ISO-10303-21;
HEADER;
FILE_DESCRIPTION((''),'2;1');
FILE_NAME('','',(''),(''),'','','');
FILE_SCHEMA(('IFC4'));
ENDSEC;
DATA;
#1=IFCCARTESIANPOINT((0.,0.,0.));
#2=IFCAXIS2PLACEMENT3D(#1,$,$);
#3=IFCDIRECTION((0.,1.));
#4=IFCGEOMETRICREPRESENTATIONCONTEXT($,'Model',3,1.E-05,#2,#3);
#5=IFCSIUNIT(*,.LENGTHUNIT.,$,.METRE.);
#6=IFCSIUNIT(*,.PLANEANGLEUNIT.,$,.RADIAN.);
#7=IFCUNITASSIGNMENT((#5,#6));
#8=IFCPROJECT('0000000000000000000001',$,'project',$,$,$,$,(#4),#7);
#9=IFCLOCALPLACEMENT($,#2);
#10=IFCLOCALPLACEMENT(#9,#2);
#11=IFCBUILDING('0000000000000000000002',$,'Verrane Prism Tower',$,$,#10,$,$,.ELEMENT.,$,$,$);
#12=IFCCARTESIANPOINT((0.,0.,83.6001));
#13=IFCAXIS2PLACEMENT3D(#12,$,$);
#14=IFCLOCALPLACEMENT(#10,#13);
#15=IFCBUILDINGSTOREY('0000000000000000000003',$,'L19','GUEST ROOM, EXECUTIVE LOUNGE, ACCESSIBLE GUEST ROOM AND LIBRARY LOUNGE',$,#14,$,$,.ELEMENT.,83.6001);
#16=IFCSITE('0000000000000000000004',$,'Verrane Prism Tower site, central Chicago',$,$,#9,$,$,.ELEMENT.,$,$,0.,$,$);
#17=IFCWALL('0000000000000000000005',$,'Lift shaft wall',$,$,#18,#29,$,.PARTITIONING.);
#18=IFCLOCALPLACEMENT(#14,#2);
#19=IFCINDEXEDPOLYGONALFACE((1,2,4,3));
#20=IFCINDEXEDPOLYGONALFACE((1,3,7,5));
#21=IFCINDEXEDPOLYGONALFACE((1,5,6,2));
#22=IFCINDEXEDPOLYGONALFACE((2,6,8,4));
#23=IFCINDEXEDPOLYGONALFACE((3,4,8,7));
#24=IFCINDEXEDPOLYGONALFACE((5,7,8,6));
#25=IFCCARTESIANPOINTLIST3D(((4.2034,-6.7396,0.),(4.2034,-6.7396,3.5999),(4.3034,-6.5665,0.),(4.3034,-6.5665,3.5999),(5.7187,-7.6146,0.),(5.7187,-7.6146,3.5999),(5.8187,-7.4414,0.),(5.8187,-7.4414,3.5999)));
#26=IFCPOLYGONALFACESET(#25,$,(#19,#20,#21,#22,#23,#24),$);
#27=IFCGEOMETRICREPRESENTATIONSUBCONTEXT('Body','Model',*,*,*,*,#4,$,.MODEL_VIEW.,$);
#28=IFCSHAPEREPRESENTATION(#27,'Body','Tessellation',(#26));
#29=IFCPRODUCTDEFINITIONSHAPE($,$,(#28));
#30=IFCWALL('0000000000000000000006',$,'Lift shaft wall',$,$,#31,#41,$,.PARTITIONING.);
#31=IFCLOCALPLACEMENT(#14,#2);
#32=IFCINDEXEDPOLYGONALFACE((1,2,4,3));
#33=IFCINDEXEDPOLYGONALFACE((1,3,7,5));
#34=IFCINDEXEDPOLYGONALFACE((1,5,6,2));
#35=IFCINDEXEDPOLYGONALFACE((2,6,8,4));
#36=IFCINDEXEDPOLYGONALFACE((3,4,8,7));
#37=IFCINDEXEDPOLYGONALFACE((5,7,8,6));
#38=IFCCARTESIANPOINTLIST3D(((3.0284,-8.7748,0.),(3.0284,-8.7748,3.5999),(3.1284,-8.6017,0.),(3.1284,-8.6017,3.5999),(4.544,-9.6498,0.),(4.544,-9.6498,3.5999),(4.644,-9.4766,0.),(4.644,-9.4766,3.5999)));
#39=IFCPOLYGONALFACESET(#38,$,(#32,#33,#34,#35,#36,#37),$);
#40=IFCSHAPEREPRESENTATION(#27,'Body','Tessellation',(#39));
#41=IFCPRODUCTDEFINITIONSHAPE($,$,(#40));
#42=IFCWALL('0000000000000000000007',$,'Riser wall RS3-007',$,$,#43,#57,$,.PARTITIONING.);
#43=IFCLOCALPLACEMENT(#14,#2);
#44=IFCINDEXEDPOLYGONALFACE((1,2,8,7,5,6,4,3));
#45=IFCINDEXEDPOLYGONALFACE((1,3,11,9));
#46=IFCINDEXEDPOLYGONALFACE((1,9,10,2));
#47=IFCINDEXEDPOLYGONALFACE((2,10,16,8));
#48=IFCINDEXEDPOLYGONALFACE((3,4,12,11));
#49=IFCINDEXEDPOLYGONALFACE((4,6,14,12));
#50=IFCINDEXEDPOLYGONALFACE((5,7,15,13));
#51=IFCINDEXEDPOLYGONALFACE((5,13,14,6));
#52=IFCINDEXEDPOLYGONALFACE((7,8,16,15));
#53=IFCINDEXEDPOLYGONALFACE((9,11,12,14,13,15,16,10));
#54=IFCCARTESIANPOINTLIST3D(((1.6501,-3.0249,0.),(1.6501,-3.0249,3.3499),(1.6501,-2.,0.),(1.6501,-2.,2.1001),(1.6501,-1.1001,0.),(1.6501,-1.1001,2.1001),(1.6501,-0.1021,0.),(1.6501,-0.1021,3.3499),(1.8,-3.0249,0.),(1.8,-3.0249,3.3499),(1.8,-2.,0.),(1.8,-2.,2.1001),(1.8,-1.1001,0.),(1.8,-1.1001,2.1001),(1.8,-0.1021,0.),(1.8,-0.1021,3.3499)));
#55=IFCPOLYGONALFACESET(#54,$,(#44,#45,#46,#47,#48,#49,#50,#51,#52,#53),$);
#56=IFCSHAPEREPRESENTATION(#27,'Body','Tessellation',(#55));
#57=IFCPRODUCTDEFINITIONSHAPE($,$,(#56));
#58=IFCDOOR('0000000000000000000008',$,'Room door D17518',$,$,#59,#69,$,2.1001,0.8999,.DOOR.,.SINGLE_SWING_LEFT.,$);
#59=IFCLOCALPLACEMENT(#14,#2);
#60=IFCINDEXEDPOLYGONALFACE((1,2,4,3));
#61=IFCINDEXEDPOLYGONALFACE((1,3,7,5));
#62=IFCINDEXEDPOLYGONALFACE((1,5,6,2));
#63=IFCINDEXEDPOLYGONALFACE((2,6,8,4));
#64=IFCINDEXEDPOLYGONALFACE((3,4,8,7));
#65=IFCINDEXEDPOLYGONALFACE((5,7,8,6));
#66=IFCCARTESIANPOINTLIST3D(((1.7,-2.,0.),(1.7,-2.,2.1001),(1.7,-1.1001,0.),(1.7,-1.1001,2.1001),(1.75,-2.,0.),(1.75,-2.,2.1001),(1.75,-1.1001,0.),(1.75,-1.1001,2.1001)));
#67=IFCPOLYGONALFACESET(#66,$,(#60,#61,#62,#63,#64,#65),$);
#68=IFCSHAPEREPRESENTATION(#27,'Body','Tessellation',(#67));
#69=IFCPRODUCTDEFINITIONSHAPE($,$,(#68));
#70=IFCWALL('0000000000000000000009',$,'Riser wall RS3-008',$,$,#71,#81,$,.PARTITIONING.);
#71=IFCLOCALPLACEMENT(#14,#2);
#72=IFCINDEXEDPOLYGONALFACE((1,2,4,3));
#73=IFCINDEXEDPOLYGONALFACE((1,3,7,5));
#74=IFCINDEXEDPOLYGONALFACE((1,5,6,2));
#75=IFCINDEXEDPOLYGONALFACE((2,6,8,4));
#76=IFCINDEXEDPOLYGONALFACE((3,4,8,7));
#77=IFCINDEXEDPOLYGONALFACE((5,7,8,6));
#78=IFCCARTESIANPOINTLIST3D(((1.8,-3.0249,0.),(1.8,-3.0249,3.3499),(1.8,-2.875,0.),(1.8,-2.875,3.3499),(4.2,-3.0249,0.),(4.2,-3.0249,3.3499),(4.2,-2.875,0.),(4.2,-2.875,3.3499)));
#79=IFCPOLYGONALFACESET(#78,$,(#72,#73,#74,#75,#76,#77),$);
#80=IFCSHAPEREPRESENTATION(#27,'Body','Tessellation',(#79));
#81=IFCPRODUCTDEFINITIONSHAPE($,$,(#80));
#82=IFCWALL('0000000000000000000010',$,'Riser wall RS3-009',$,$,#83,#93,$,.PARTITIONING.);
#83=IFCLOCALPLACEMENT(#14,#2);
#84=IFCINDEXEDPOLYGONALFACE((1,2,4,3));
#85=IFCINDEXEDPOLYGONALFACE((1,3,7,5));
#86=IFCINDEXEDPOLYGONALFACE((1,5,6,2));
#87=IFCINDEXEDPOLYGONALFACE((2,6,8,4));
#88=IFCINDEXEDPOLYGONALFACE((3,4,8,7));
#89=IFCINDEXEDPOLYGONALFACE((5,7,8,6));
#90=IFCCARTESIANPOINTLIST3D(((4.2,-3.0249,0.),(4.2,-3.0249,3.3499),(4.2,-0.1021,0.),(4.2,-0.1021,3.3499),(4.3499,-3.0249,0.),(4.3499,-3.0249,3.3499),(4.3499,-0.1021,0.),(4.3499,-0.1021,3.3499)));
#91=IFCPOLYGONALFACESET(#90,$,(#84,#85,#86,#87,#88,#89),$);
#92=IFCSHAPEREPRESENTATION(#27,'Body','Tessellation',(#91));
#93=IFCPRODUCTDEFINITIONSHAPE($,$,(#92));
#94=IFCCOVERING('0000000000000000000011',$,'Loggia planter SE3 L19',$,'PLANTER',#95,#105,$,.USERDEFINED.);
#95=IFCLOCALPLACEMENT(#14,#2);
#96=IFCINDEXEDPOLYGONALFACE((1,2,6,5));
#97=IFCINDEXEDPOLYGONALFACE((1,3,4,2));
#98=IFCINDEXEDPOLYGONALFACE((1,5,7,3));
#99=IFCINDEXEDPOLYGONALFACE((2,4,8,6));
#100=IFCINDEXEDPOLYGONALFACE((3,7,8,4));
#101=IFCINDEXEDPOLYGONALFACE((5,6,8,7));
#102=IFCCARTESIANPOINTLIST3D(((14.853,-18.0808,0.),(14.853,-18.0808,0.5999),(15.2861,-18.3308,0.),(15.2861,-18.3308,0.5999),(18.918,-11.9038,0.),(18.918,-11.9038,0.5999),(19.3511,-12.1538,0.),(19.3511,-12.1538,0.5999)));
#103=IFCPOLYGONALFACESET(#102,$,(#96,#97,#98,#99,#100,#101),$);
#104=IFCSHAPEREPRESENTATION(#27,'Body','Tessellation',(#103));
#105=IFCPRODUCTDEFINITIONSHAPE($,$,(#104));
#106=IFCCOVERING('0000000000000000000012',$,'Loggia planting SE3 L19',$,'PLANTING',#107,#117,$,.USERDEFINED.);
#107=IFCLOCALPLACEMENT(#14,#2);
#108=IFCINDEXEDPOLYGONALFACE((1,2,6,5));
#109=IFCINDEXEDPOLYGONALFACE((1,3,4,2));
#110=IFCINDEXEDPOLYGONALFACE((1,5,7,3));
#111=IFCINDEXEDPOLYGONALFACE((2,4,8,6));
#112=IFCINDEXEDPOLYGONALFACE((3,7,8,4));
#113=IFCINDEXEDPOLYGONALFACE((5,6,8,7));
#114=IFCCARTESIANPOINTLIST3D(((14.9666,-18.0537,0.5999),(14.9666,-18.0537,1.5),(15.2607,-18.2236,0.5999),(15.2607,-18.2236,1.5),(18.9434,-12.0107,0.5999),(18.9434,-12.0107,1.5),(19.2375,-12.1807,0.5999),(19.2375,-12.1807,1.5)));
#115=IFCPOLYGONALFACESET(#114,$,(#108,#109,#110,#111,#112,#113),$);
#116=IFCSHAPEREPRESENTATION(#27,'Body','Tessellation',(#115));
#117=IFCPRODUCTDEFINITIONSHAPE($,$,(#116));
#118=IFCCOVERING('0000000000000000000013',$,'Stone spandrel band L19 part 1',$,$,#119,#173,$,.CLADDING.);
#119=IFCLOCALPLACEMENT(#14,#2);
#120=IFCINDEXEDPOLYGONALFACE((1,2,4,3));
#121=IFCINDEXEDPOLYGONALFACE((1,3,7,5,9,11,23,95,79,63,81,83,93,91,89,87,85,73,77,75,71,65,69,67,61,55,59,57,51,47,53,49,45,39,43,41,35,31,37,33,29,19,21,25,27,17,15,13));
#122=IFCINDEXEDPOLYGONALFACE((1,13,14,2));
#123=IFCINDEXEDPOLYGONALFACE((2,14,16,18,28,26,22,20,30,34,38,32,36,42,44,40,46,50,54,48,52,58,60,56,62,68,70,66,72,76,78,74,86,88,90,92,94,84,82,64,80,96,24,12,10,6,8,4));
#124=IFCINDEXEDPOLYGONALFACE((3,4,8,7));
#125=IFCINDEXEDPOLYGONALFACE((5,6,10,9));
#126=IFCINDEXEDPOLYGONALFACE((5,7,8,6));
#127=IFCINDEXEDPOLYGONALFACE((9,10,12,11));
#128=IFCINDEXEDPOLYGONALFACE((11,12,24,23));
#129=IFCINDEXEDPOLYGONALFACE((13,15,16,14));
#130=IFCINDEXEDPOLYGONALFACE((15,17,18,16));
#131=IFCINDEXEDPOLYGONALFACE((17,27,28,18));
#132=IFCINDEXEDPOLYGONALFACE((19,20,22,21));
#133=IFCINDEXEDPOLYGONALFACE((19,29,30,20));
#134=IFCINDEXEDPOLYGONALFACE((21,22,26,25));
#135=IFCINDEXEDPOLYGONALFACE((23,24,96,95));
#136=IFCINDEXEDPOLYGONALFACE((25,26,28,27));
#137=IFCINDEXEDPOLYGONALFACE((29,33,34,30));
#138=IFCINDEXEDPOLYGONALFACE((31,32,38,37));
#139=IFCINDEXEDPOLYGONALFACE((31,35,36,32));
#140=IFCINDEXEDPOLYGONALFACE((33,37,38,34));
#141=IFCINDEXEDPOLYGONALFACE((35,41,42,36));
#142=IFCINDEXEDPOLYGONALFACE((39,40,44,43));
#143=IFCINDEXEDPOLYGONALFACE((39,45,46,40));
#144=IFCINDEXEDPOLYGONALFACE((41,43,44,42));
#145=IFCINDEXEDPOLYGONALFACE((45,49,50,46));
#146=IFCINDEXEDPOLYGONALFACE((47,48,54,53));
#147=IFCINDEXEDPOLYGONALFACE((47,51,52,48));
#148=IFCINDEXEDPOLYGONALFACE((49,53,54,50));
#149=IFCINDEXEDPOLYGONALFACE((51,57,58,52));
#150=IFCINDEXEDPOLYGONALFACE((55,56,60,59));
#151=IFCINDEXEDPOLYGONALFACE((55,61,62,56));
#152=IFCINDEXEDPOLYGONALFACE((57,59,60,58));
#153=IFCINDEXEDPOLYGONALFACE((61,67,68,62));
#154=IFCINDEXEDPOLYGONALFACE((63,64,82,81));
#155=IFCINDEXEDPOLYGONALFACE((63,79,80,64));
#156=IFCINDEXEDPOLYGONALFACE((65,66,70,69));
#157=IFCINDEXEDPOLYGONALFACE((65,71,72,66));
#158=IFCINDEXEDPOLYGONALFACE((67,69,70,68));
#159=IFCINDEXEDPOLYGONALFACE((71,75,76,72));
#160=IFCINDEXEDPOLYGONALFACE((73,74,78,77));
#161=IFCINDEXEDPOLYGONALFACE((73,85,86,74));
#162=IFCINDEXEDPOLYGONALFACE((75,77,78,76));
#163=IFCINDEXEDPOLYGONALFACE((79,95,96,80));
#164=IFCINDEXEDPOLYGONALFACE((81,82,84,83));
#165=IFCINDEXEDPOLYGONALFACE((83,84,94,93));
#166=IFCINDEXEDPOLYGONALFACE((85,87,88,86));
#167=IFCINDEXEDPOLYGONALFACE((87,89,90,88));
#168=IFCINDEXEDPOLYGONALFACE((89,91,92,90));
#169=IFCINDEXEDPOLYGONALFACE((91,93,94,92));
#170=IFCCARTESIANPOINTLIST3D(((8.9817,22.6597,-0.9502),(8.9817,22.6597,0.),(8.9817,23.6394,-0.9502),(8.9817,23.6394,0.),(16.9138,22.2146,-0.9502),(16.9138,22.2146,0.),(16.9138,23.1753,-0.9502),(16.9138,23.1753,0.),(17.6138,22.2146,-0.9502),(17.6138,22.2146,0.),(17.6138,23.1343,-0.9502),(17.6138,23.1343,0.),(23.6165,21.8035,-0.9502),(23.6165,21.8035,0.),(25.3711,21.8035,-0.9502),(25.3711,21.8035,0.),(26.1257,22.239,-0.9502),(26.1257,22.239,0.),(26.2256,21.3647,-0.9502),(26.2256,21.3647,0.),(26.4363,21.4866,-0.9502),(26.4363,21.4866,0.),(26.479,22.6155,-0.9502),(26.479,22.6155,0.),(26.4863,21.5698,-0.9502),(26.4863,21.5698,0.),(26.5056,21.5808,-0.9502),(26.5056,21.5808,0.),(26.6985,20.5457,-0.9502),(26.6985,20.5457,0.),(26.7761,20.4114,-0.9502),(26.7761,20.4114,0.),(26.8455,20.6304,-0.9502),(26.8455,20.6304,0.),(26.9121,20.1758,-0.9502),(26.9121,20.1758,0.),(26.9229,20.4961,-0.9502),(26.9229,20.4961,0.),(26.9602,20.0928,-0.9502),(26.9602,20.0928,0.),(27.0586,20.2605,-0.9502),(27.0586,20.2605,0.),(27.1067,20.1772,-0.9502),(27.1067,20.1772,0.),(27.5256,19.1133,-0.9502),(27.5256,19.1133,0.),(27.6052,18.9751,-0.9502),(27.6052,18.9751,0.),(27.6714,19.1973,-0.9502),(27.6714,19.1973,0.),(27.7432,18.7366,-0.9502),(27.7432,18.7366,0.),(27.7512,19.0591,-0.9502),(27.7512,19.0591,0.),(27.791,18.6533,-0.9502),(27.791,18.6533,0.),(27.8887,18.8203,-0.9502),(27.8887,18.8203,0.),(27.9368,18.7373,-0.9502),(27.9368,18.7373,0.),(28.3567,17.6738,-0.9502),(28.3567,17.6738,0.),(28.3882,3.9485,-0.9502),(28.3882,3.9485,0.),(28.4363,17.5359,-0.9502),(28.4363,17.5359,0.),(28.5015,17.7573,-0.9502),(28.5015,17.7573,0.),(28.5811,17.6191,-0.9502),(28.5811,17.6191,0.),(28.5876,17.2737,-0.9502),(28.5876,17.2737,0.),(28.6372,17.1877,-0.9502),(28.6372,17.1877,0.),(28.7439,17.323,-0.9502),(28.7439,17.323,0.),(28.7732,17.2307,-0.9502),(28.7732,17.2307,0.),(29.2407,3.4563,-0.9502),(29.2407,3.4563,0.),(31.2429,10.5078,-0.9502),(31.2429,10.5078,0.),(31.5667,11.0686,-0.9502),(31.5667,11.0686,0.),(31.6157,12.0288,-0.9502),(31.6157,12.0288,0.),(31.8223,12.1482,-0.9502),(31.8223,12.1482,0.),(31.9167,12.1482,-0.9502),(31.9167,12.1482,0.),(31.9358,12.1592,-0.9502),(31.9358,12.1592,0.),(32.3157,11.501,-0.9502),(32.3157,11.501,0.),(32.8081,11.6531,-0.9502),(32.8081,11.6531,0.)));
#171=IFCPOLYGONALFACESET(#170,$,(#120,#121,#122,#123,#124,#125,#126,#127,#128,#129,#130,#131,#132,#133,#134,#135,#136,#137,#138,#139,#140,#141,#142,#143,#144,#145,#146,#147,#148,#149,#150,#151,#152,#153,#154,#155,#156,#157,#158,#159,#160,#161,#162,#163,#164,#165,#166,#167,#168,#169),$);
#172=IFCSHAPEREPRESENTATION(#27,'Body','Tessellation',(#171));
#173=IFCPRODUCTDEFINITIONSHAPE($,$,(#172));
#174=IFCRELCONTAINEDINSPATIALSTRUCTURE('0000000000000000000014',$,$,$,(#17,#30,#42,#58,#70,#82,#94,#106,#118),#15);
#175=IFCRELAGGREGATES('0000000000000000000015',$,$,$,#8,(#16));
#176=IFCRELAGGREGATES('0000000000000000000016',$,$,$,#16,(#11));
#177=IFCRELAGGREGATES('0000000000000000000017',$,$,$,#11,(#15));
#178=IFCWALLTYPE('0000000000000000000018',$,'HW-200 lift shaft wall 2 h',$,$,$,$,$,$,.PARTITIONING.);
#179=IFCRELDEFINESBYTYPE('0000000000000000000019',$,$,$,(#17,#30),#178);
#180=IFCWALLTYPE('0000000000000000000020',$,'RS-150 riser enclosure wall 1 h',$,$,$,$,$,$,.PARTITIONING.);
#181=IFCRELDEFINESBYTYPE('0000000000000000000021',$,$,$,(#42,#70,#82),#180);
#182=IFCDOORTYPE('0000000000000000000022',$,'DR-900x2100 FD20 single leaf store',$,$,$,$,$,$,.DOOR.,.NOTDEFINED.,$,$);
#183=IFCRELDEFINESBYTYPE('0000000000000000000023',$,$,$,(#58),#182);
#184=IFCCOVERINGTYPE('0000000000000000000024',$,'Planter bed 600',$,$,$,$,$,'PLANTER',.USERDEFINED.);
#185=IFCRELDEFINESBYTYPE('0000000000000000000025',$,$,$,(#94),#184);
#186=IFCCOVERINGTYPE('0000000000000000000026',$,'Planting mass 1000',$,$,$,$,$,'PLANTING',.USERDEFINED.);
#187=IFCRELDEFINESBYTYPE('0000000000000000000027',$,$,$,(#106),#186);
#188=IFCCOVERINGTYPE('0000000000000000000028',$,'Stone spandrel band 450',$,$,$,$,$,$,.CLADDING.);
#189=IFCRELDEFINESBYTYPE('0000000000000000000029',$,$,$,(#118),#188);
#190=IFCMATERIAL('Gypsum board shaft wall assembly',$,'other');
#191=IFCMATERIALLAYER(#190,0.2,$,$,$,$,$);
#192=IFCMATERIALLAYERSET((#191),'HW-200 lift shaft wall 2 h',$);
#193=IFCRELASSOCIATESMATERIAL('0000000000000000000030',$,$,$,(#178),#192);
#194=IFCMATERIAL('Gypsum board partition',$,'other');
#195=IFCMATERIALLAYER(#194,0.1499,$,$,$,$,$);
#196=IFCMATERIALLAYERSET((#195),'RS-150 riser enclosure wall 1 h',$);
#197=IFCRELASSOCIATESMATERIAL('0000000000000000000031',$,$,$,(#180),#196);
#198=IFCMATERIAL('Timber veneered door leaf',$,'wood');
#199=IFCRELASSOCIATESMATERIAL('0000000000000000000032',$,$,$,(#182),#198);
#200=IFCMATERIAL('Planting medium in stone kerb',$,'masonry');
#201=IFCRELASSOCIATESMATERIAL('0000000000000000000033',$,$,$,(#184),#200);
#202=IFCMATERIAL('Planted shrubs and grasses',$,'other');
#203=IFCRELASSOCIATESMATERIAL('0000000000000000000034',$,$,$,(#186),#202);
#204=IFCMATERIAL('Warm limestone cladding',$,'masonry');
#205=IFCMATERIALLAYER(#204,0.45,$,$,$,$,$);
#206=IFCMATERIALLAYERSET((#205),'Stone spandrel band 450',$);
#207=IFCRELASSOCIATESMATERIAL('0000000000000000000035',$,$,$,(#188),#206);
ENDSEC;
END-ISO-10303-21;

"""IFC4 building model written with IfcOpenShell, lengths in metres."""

from ifc_helpers import new_model, si_unit, direction, frame, frame_2d, origin, place, context, subcontext, project, spatial, polyline, rectangle, outline, extrude, material, layer, layer_set, type_object, element, fill, save


model = new_model("IFC4")

# Units and contexts
model_context = context("Model", 3, precision=1e-05, world=origin(), true_north=direction((0.0, 1.0)))
body_context = subcontext(model_context, "Body", "Model", "MODEL_VIEW")
ifc_project = project(units=[si_unit("LENGTHUNIT", "METRE"), si_unit("PLANEANGLEUNIT", "RADIAN")], contexts=[model_context])

# Site, building, storey
site_placement = place(None, origin())
site = spatial("IfcSite", under=ifc_project, at=site_placement, Name="Verrane Prism Tower site, central Chicago", CompositionType="ELEMENT", RefElevation=0.0)
building_placement = place(site_placement, origin())
building = spatial("IfcBuilding", under=site, at=building_placement, Name="Verrane Prism Tower", CompositionType="ELEMENT")
storey_placement = place(building_placement, frame((0.0, 0.0, 83.6001)))
storey = spatial("IfcBuildingStorey", under=building, at=storey_placement, Name="L19", Description="GUEST ROOM, EXECUTIVE LOUNGE, ACCESSIBLE GUEST ROOM AND LIBRARY LOUNGE", CompositionType="ELEMENT", Elevation=83.6001)

# Shared definitions
ifc_material_1 = material(Name="Gypsum board shaft wall assembly", Category="other")
ifc_layer_1 = layer(ifc_material_1, 0.2)
ifc_layer_set_1 = layer_set([ifc_layer_1], Name="HW-200 lift shaft wall 2 h")
wall_type_1 = type_object("IfcWallType", Name="HW-200 lift shaft wall 2 h", PredefinedType="PARTITIONING", material=ifc_layer_set_1)

# Walls
wall_1_placement = place(storey_placement, frame((5.7688, -7.5281, 0.0), z_axis=(0.0, 0.0, 1.0), x_axis=(-0.866002, 0.50004, 0.0)))
element("IfcWall", 1, at=wall_1_placement, inside=storey, type_object=wall_type_1, Name="Lift shaft wall", PredefinedType="PARTITIONING", context=body_context, shape_type="SweptSolid", body=[
    extrude(rectangle(XDim=1.7498, YDim=0.2, at=frame_2d((0.875, 0.0))), origin(), (0.0, 0.0, 1.0), 3.5999),
])
wall_2_placement = place(storey_placement, frame((4.594, -9.5632, 0.0), z_axis=(0.0, 0.0, 1.0), x_axis=(-0.866037, 0.49998, 0.0)))
element("IfcWall", 2, at=wall_2_placement, inside=storey, type_object=wall_type_1, Name="Lift shaft wall", PredefinedType="PARTITIONING", context=body_context, shape_type="SweptSolid", body=[
    extrude(rectangle(XDim=1.75, YDim=0.2, at=frame_2d((0.875, 0.0))), origin(), (0.0, 0.0, 1.0), 3.5999),
])

# Wall, opening, door
ifc_material_2 = material(Name="Gypsum board partition", Category="other")
ifc_layer_2 = layer(ifc_material_2, 0.1499)
ifc_layer_set_2 = layer_set([ifc_layer_2], Name="RS-150 riser enclosure wall 1 h")
wall_type_2 = type_object("IfcWallType", Name="RS-150 riser enclosure wall 1 h", PredefinedType="PARTITIONING", material=ifc_layer_set_2)
wall_3_placement = place(storey_placement, frame((1.7251, -0.1021, 0.0), z_axis=(0.0, 0.0, 1.0), x_axis=(0.0, -1.0, 0.0)))
wall_3 = element("IfcWall", 3, at=wall_3_placement, inside=storey, type_object=wall_type_2, Name="Riser wall RS3-007", PredefinedType="PARTITIONING", context=body_context, shape_type="SweptSolid", body=[
    extrude(rectangle(XDim=2.9229, YDim=0.1499, at=frame_2d((1.4614, 0.0))), origin(), (0.0, 0.0, 1.0), 3.3499),
])
opening_1_placement = place(wall_3_placement, frame((0.998, 0.0, 0.0)))
opening_1 = element("IfcOpeningElement", 4, at=opening_1_placement, cuts=wall_3, PredefinedType="OPENING", context=body_context, shape_type="SweptSolid", body=[
    extrude(rectangle(XDim=0.8999, YDim=2.1001, at=frame_2d((0.45, 1.05))), frame((0.0, 0.085, 0.0), z_axis=(0.0, -1.0, 0.0), x_axis=(1.0, 0.0, 0.0)), (0.0, 0.0, 1.0), 0.1699),
])
ifc_material_3 = material(Name="Timber veneered door leaf", Category="wood")
door_type_1 = type_object("IfcDoorType", Name="DR-900x2100 FD20 single leaf store", OperationType="NOTDEFINED", PredefinedType="DOOR", material=ifc_material_3)
door_1_placement = place(opening_1_placement, origin())
door_1 = element("IfcDoor", 5, at=door_1_placement, inside=storey, type_object=door_type_1, Name="Room door D17518", OperationType="SINGLE_SWING_LEFT", OverallHeight=2.1001, OverallWidth=0.8999, PredefinedType="DOOR", context=body_context, shape_type="SweptSolid", body=[
    extrude(rectangle(XDim=0.8999, YDim=2.1001, at=frame_2d((0.45, 1.05))), frame((0.0, 0.0249, 0.0), z_axis=(0.0, -1.0, 0.0), x_axis=(1.0, 0.0, 0.0)), (0.0, 0.0, 1.0), 0.05),
])
fill(opening_1, door_1)

# Walls
wall_4_placement = place(storey_placement, frame((1.8, -2.95, 0.0), z_axis=(0.0, 0.0, 1.0), x_axis=(1.0, 0.0, 0.0)))
element("IfcWall", 6, at=wall_4_placement, inside=storey, type_object=wall_type_2, Name="Riser wall RS3-008", PredefinedType="PARTITIONING", context=body_context, shape_type="SweptSolid", body=[
    extrude(rectangle(XDim=2.3999, YDim=0.1499, at=frame_2d((1.2, 0.0))), origin(), (0.0, 0.0, 1.0), 3.3499),
])
wall_5_placement = place(storey_placement, frame((4.2749, -3.0249, 0.0), z_axis=(0.0, 0.0, 1.0), x_axis=(0.0, 1.0, 0.0)))
element("IfcWall", 7, at=wall_5_placement, inside=storey, type_object=wall_type_2, Name="Riser wall RS3-009", PredefinedType="PARTITIONING", context=body_context, shape_type="SweptSolid", body=[
    extrude(rectangle(XDim=2.9229, YDim=0.1499, at=frame_2d((1.4614, 0.0))), origin(), (0.0, 0.0, 1.0), 3.3499),
])

# Coverings
ifc_material_4 = material(Name="Planting medium in stone kerb", Category="masonry")
covering_type_1 = type_object("IfcCoveringType", Name="Planter bed 600", ElementType="PLANTER", PredefinedType="USERDEFINED", material=ifc_material_4)
covering_1_placement = place(storey_placement, origin())
element("IfcCovering", 8, at=covering_1_placement, inside=storey, type_object=covering_type_1, Name="Loggia planter SE3 L19", ObjectType="PLANTER", PredefinedType="USERDEFINED", context=body_context, shape_type="SweptSolid", body=[
    extrude(outline(polyline([(15.2861, -18.3308), (19.3511, -12.1538), (18.918, -11.9038), (14.853, -18.0808), (15.2861, -18.3308)])), origin(), (0.0, 0.0, 1.0), 0.5999),
])
ifc_material_5 = material(Name="Planted shrubs and grasses", Category="other")
covering_type_2 = type_object("IfcCoveringType", Name="Planting mass 1000", ElementType="PLANTING", PredefinedType="USERDEFINED", material=ifc_material_5)
covering_2_placement = place(storey_placement, frame((0.0, 0.0, 0.5999)))
element("IfcCovering", 9, at=covering_2_placement, inside=storey, type_object=covering_type_2, Name="Loggia planting SE3 L19", ObjectType="PLANTING", PredefinedType="USERDEFINED", context=body_context, shape_type="SweptSolid", body=[
    extrude(outline(polyline([(19.2375, -12.1807), (18.9434, -12.0107), (14.9666, -18.0537), (15.2607, -18.2236), (19.2375, -12.1807)])), origin(), (0.0, 0.0, 1.0), 0.9001),
])
ifc_material_6 = material(Name="Warm limestone cladding", Category="masonry")
ifc_layer_3 = layer(ifc_material_6, 0.45)
ifc_layer_set_3 = layer_set([ifc_layer_3], Name="Stone spandrel band 450")
covering_type_3 = type_object("IfcCoveringType", Name="Stone spandrel band 450", PredefinedType="CLADDING", material=ifc_layer_set_3)
covering_3_placement = place(storey_placement, frame((0.0, 0.0, -0.9502)))
element("IfcCovering", 10, at=covering_3_placement, inside=storey, type_object=covering_type_3, Name="Stone spandrel band L19 part 1", PredefinedType="CLADDING", context=body_context, shape_type="SweptSolid", body=[
    extrude(outline(polyline([(8.9817, 22.6597), (23.6165, 21.8035), (25.3711, 21.8035), (26.1257, 22.239), (26.5056, 21.5808), (26.4863, 21.5698), (26.4363, 21.4866), (26.2256, 21.3647), (26.6985, 20.5457), (26.8455, 20.6304), (26.9229, 20.4961), (26.7761, 20.4114), (26.9121, 20.1758), (27.0586, 20.2605), (27.1067, 20.1772), (26.9602, 20.0928), (27.5256, 19.1133), (27.6714, 19.1973), (27.7512, 19.0591), (27.6052, 18.9751), (27.7432, 18.7366), (27.8887, 18.8203), (27.9368, 18.7373), (27.791, 18.6533), (28.3567, 17.6738), (28.5015, 17.7573), (28.5811, 17.6191), (28.4363, 17.5359), (28.5876, 17.2737), (28.7439, 17.323), (28.7732, 17.2307), (28.6372, 17.1877), (31.6157, 12.0288), (31.8223, 12.1482), (31.9167, 12.1482), (31.9358, 12.1592), (32.3157, 11.501), (31.5667, 11.0686), (31.2429, 10.5078), (28.3882, 3.9485), (29.2407, 3.4563), (32.8081, 11.6531), (26.479, 22.6155), (17.6138, 23.1343), (17.6138, 22.2146), (16.9138, 22.2146), (16.9138, 23.1753), (8.9817, 23.6394), (8.9817, 22.6597)])), origin(), (0.0, 0.0, 1.0), 0.9502),
])

save(model, "model.ifc")
